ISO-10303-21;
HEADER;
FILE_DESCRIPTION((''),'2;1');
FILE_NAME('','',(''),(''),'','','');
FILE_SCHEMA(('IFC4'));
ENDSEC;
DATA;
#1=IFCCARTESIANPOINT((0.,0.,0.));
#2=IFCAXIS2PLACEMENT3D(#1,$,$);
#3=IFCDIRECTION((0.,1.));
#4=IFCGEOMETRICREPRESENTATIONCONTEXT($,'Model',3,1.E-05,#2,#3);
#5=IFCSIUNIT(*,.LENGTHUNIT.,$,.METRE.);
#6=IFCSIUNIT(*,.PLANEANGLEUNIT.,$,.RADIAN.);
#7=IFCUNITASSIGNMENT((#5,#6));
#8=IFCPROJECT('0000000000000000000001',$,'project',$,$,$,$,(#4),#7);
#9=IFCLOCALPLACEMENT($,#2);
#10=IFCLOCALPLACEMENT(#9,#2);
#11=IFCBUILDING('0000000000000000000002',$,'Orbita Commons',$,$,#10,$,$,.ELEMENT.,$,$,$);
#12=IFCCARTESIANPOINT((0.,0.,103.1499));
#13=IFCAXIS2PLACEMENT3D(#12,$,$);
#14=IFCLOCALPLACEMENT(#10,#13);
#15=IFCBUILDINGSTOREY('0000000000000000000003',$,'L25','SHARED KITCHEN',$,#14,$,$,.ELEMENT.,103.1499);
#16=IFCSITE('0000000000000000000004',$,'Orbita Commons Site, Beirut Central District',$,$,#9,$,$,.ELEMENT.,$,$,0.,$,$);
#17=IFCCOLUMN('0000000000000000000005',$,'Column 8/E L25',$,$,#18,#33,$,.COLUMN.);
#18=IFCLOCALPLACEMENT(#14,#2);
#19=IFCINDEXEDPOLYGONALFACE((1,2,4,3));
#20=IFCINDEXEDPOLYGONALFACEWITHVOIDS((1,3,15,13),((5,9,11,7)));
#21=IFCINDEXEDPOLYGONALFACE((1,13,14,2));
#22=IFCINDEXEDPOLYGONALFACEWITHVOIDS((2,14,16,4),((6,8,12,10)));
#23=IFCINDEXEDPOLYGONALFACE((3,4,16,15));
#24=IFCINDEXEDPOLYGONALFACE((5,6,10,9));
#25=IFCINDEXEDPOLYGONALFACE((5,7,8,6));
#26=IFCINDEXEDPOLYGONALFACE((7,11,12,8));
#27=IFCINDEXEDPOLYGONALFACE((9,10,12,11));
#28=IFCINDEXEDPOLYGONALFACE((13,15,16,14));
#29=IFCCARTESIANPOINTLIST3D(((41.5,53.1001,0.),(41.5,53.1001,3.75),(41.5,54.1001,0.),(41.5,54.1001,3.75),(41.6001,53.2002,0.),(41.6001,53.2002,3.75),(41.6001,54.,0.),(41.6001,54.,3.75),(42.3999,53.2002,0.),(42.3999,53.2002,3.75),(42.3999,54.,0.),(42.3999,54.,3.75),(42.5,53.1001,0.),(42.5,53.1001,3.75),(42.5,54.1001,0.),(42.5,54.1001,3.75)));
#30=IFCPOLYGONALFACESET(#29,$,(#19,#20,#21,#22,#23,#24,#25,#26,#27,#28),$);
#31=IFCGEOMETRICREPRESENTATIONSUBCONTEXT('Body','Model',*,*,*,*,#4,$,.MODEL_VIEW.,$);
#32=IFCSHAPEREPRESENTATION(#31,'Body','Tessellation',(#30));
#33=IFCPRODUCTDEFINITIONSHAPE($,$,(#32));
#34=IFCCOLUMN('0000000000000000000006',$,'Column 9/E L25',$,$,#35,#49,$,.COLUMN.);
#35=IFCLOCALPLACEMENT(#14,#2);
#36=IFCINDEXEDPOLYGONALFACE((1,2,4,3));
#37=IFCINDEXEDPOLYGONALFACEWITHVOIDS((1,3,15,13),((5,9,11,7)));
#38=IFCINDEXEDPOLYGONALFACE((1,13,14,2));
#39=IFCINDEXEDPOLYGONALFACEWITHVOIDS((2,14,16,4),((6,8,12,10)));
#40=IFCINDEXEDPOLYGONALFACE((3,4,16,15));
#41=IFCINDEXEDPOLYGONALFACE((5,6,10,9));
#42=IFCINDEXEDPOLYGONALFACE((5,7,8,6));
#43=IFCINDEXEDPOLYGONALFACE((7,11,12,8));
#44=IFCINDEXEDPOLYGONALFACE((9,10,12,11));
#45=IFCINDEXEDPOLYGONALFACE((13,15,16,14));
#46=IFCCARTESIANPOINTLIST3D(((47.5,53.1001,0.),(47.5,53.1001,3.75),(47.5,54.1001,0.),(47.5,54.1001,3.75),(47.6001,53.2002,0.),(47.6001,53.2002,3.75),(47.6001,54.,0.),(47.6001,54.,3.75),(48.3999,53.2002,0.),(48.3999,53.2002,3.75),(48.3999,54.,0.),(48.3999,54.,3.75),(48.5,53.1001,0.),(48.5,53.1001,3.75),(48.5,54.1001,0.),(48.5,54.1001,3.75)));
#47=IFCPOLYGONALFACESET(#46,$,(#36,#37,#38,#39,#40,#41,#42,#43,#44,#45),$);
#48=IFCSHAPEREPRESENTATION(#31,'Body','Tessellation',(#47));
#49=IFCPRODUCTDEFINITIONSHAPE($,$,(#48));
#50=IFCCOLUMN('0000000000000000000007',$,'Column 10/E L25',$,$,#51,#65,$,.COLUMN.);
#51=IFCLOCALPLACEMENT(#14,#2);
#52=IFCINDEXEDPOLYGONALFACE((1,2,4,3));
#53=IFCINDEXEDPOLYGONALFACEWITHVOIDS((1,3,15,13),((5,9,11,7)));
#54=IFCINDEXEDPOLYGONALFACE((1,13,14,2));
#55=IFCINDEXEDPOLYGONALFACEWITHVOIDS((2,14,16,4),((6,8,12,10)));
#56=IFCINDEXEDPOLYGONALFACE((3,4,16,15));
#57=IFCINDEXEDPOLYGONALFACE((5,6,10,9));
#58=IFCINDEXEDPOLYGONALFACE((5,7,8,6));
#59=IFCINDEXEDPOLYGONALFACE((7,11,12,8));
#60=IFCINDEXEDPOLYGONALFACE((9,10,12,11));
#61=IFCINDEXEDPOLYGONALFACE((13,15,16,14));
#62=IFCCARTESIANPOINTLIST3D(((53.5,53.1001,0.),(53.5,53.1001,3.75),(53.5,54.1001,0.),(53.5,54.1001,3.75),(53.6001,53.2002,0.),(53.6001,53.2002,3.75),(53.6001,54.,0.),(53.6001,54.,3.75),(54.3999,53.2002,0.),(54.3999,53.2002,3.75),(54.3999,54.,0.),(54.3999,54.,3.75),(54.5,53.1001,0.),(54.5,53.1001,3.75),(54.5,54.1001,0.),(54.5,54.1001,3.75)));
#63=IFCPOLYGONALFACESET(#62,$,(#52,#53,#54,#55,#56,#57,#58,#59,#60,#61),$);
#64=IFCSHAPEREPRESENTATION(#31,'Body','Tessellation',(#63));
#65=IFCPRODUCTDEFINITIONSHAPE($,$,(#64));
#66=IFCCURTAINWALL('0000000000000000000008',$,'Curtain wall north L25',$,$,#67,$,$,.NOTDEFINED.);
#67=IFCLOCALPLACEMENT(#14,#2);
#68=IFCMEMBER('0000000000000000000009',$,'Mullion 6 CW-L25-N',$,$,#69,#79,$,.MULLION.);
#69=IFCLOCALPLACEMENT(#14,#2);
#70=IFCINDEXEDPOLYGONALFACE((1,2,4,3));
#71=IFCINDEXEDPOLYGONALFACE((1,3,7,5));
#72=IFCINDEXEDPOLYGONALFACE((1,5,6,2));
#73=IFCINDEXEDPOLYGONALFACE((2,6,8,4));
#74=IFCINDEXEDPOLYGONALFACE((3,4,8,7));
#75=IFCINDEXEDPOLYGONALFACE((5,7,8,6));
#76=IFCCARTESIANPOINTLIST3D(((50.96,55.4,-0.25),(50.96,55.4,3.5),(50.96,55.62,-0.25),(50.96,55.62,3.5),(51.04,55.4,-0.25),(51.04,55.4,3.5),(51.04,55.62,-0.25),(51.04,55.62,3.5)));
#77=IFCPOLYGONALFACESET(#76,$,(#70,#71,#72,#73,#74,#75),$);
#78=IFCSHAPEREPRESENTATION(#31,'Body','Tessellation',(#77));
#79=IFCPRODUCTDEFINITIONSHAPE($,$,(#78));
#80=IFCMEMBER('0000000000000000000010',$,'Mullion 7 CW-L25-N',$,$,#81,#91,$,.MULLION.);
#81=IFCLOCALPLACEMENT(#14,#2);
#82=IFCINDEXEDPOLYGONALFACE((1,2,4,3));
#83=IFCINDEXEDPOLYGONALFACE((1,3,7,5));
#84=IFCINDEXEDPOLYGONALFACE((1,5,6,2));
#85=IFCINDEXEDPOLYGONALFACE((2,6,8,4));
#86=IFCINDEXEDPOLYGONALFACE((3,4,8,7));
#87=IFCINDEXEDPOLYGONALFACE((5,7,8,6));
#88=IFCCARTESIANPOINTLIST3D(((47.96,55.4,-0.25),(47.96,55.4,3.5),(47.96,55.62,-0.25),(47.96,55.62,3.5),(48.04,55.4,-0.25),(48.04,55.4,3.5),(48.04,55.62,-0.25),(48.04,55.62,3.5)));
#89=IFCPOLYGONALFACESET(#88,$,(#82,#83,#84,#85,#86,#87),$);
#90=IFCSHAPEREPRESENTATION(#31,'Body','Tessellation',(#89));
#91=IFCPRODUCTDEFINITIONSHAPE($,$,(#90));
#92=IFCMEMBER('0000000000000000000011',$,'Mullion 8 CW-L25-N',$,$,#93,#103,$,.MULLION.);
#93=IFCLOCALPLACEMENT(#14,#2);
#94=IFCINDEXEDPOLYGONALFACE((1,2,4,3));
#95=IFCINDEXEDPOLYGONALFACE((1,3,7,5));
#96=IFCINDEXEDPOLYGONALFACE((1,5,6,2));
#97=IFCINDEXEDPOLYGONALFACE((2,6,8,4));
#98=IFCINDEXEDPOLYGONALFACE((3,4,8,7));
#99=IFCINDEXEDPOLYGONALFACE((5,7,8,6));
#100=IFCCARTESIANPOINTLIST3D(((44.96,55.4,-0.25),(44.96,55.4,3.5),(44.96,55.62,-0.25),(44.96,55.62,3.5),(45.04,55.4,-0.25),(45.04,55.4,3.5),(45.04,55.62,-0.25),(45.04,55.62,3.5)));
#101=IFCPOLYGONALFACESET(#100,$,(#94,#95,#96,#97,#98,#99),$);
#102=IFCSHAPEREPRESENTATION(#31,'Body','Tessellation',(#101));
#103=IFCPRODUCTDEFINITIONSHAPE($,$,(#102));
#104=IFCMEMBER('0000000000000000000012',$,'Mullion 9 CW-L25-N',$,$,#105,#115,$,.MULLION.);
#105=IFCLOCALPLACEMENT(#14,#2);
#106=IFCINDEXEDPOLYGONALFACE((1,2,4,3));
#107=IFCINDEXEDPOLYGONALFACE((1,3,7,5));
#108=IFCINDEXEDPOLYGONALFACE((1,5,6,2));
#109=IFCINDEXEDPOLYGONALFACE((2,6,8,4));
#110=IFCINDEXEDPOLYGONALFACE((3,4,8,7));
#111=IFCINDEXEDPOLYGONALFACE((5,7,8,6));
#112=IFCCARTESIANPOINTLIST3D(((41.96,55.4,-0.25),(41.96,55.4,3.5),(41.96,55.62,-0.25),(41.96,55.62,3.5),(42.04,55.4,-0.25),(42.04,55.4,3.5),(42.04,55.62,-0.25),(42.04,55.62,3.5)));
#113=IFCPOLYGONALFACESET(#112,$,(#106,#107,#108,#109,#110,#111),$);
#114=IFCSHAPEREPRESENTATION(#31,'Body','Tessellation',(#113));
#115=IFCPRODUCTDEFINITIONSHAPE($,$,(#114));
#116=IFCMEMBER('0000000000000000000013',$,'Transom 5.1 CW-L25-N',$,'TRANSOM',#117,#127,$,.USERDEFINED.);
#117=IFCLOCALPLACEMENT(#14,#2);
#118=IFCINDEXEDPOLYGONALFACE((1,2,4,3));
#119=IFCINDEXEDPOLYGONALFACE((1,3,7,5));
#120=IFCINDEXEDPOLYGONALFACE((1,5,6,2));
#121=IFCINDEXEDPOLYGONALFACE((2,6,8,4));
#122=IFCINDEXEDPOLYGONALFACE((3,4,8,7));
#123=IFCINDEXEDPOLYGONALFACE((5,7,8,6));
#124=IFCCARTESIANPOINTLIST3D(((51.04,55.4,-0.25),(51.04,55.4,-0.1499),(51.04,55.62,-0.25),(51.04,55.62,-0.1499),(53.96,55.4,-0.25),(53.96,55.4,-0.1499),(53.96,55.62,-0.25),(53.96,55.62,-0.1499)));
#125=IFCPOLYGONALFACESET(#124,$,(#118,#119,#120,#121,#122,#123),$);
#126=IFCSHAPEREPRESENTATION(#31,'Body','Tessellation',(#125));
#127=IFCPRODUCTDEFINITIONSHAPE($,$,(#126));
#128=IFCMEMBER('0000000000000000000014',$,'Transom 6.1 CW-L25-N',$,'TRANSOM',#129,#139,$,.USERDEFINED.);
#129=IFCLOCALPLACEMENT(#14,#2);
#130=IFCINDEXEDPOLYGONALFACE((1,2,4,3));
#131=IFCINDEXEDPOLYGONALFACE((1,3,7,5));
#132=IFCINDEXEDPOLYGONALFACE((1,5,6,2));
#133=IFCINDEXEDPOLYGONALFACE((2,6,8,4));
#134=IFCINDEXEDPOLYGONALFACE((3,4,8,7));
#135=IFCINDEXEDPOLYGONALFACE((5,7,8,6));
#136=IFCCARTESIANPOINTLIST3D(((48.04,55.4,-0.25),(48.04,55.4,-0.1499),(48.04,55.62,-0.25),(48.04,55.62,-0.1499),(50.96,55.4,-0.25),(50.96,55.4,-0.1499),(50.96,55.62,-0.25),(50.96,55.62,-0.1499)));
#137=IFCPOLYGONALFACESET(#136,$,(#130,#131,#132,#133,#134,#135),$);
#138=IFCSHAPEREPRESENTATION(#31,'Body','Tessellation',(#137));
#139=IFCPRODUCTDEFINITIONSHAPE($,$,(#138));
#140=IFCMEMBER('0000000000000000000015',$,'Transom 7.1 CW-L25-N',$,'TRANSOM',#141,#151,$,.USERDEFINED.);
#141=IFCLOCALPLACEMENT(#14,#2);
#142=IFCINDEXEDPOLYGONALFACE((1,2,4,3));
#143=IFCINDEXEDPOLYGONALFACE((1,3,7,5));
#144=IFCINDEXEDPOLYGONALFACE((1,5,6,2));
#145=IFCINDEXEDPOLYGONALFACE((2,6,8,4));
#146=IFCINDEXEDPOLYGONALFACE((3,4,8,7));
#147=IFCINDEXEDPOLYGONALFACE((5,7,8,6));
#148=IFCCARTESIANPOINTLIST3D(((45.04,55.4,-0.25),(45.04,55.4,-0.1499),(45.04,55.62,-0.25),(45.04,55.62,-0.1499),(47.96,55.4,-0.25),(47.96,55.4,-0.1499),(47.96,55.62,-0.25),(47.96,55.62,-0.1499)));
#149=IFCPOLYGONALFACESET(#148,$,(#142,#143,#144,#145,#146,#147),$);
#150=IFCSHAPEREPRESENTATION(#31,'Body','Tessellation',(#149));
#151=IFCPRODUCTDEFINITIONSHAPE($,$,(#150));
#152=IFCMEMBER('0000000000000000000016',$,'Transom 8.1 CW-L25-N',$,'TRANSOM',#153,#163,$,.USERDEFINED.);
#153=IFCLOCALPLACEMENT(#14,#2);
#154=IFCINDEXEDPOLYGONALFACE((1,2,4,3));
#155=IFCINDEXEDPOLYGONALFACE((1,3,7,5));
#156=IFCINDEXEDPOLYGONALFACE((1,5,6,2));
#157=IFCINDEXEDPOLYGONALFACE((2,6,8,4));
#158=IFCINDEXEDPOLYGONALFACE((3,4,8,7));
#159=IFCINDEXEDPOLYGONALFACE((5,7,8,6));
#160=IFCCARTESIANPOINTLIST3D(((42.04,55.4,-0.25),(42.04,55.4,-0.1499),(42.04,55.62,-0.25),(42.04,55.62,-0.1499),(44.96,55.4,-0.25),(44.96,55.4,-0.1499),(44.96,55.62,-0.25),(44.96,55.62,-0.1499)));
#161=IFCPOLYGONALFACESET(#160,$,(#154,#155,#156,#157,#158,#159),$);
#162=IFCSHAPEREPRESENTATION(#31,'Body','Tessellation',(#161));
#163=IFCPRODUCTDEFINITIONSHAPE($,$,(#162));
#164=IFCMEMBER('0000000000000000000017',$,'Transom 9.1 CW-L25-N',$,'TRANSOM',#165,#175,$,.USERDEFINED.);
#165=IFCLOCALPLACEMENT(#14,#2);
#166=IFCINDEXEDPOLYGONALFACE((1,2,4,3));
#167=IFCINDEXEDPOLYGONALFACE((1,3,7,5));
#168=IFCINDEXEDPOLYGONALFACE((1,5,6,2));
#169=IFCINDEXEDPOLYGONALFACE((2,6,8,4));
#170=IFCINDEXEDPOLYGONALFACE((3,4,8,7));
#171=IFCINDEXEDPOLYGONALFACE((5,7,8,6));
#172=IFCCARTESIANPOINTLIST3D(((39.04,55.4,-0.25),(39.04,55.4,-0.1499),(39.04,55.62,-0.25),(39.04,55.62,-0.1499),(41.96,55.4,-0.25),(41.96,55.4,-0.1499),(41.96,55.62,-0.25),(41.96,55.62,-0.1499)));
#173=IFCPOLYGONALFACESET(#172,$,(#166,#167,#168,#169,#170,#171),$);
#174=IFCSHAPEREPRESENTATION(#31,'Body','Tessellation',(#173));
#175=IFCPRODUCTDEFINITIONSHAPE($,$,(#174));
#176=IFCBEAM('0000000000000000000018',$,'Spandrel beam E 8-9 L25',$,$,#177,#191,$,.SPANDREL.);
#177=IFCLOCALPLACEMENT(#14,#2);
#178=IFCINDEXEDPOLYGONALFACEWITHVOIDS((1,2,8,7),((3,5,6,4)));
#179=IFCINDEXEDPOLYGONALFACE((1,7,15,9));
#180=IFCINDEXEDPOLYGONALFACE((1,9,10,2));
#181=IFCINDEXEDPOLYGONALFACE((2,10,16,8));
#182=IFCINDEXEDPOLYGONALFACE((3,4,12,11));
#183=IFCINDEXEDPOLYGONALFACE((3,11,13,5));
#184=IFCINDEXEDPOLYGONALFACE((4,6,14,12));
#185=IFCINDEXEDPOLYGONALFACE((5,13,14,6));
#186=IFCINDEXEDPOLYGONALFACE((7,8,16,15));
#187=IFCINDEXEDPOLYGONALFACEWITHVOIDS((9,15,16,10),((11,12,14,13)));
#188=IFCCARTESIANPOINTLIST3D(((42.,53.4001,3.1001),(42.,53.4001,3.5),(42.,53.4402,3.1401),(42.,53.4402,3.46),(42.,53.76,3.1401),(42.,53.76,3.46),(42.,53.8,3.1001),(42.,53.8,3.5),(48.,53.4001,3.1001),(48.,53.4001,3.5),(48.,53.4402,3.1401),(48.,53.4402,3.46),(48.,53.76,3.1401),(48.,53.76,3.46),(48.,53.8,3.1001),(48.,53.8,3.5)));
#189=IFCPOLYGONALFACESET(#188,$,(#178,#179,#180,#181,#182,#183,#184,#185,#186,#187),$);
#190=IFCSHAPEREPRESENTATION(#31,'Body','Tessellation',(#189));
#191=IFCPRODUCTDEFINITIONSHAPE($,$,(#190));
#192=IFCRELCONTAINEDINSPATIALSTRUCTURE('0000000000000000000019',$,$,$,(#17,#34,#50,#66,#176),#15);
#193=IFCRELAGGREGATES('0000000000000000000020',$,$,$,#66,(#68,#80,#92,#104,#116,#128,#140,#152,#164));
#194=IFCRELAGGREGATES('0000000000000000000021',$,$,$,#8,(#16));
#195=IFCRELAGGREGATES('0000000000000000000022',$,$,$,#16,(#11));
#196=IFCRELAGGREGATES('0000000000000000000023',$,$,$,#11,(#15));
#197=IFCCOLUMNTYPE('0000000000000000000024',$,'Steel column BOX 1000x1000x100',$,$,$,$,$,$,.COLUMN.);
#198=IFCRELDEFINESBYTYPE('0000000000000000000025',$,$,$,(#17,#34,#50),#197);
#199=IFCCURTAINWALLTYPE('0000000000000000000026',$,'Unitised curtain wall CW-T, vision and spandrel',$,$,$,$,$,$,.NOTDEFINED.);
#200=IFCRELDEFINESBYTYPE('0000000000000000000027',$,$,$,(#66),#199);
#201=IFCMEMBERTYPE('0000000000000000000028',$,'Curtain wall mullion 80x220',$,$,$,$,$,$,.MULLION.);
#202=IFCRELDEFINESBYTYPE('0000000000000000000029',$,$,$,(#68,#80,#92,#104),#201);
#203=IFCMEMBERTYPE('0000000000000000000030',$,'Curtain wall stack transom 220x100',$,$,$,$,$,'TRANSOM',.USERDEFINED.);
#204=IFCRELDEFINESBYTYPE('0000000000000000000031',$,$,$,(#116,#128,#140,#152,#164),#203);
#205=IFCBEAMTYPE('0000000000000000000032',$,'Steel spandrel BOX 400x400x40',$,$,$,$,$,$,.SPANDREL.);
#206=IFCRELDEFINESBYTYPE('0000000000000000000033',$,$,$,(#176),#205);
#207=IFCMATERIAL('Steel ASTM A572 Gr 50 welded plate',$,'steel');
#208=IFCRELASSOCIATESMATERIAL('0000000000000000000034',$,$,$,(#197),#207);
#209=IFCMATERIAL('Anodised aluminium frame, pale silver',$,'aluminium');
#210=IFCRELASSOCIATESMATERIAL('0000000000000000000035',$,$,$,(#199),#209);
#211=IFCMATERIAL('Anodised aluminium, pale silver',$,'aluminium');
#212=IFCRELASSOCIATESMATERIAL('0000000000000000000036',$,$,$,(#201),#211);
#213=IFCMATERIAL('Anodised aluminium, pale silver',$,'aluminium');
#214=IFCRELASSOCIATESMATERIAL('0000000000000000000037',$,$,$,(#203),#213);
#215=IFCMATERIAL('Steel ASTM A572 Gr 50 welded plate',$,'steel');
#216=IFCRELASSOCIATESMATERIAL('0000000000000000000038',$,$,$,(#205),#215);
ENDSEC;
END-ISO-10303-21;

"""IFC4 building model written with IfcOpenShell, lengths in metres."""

from ifc_helpers import new_model, si_unit, direction, frame, origin, origin_2d, place, context, subcontext, project, spatial, rectangle, hollow_rectangle, extrude, material, material_profile, profile_set, type_object, element, aggregate, save


model = new_model("IFC4")

# Units and contexts
model_context = context("Model", 3, precision=1e-05, world=origin(), true_north=direction((0.0, 1.0)))
body_context = subcontext(model_context, "Body", "Model", "MODEL_VIEW")
ifc_project = project(units=[si_unit("LENGTHUNIT", "METRE"), si_unit("PLANEANGLEUNIT", "RADIAN")], contexts=[model_context])

# Site, building, storey
site_placement = place(None, origin())
site = spatial("IfcSite", under=ifc_project, at=site_placement, Name="Orbita Commons Site, Beirut Central District", CompositionType="ELEMENT", RefElevation=0.0)
building_placement = place(site_placement, origin())
building = spatial("IfcBuilding", under=site, at=building_placement, Name="Orbita Commons", CompositionType="ELEMENT")
storey_placement = place(building_placement, frame((0.0, 0.0, 103.1499)))
storey = spatial("IfcBuildingStorey", under=building, at=storey_placement, Name="L25", Description="SHARED KITCHEN", CompositionType="ELEMENT", Elevation=103.1499)

# Columns
ifc_material_1 = material(Name="Steel ASTM A572 Gr 50 welded plate", Category="steel")
ifc_material_profile_1 = material_profile(ifc_material_1, hollow_rectangle(XDim=1.0, YDim=1.0, WallThickness=0.1001, at=origin_2d()), Name="BOX 1000x1000x100")
ifc_profile_set_1 = profile_set([ifc_material_profile_1], Name="Steel ASTM A572 Gr 50 welded plate")
column_type = type_object("IfcColumnType", Name="Steel column BOX 1000x1000x100", PredefinedType="COLUMN", material=ifc_profile_set_1)
for number, where, z_axis, x_axis, name in (
    (1, (42.0, 53.6001, 0.0), (0.0, 0.0, 1.0), (1.0, 0.0, 0.0), "Column 8/E L25"),
    (2, (48.0, 53.6001, 0.0), (0.0, 0.0, 1.0), (1.0, 0.0, 0.0), "Column 9/E L25"),
    (3, (54.0, 53.6001, 0.0), (0.0, 0.0, 1.0), (1.0, 0.0, 0.0), "Column 10/E L25"),
):
    element("IfcColumn", number, at=place(storey_placement, frame(where, z_axis=z_axis, x_axis=x_axis)), inside=storey, type_object=column_type, Name=name, PredefinedType="COLUMN", context=body_context, shape_type="SweptSolid", body=[
        extrude(hollow_rectangle(XDim=1.0, YDim=1.0, WallThickness=0.1001, at=origin_2d()), origin(), (0.0, 0.0, 1.0), 3.75),
    ])

# Curtain wall, members
ifc_material_2 = material(Name="Anodised aluminium frame, pale silver", Category="aluminium")
curtain_wall_type = type_object("IfcCurtainWallType", Name="Unitised curtain wall CW-T, vision and spandrel", PredefinedType="NOTDEFINED", material=ifc_material_2)
curtain_wall_placement = place(storey_placement, origin())
curtain_wall = element("IfcCurtainWall", 4, at=curtain_wall_placement, inside=storey, type_object=curtain_wall_type, Name="Curtain wall north L25", PredefinedType="NOTDEFINED")
ifc_material_3 = material(Name="Anodised aluminium, pale silver", Category="aluminium")
ifc_material_profile_2 = material_profile(ifc_material_3, rectangle(XDim=0.0801, YDim=0.22, at=origin_2d()), Name="AL 80x220")
ifc_profile_set_2 = profile_set([ifc_material_profile_2], Name="Anodised aluminium, pale silver")
member_type_1 = type_object("IfcMemberType", Name="Curtain wall mullion 80x220", PredefinedType="MULLION", material=ifc_profile_set_2)
member_1_placement = place(storey_placement, frame((51.0, 55.51, -0.25), z_axis=(0.0, 0.0, 1.0), x_axis=(-1.0, 0.0, 0.0)))
member_1 = element("IfcMember", 5, at=member_1_placement, type_object=member_type_1, Name="Mullion 6 CW-L25-N", PredefinedType="MULLION", context=body_context, shape_type="SweptSolid", body=[
    extrude(rectangle(XDim=0.0801, YDim=0.22, at=origin_2d()), origin(), (0.0, 0.0, 1.0), 3.75),
])
member_2_placement = place(storey_placement, frame((48.0, 55.51, -0.25), z_axis=(0.0, 0.0, 1.0), x_axis=(-1.0, 0.0, 0.0)))
member_2 = element("IfcMember", 6, at=member_2_placement, type_object=member_type_1, Name="Mullion 7 CW-L25-N", PredefinedType="MULLION", context=body_context, shape_type="SweptSolid", body=[
    extrude(rectangle(XDim=0.0801, YDim=0.22, at=origin_2d()), origin(), (0.0, 0.0, 1.0), 3.75),
])
member_3_placement = place(storey_placement, frame((45.0, 55.51, -0.25), z_axis=(0.0, 0.0, 1.0), x_axis=(-1.0, 0.0, 0.0)))
member_3 = element("IfcMember", 7, at=member_3_placement, type_object=member_type_1, Name="Mullion 8 CW-L25-N", PredefinedType="MULLION", context=body_context, shape_type="SweptSolid", body=[
    extrude(rectangle(XDim=0.0801, YDim=0.22, at=origin_2d()), origin(), (0.0, 0.0, 1.0), 3.75),
])
member_4_placement = place(storey_placement, frame((42.0, 55.51, -0.25), z_axis=(0.0, 0.0, 1.0), x_axis=(-1.0, 0.0, 0.0)))
member_4 = element("IfcMember", 8, at=member_4_placement, type_object=member_type_1, Name="Mullion 9 CW-L25-N", PredefinedType="MULLION", context=body_context, shape_type="SweptSolid", body=[
    extrude(rectangle(XDim=0.0801, YDim=0.22, at=origin_2d()), origin(), (0.0, 0.0, 1.0), 3.75),
])
ifc_material_4 = material(Name="Anodised aluminium, pale silver", Category="aluminium")
ifc_material_profile_3 = material_profile(ifc_material_4, rectangle(XDim=0.22, YDim=0.1001, at=origin_2d()), Name="AL 220x100")
ifc_profile_set_3 = profile_set([ifc_material_profile_3], Name="Anodised aluminium, pale silver")
member_type_2 = type_object("IfcMemberType", Name="Curtain wall stack transom 220x100", ElementType="TRANSOM", PredefinedType="USERDEFINED", material=ifc_profile_set_3)
member_5_placement = place(storey_placement, frame((53.96, 55.51, -0.2), z_axis=(-1.0, 0.0, 0.0), x_axis=(0.0, -1.0, 0.0)))
member_5 = element("IfcMember", 9, at=member_5_placement, type_object=member_type_2, Name="Transom 5.1 CW-L25-N", ObjectType="TRANSOM", PredefinedType="USERDEFINED", context=body_context, shape_type="SweptSolid", body=[
    extrude(rectangle(XDim=0.22, YDim=0.1001, at=origin_2d()), origin(), (0.0, 0.0, 1.0), 2.9199),
])
member_6_placement = place(storey_placement, frame((50.96, 55.51, -0.2), z_axis=(-1.0, 0.0, 0.0), x_axis=(0.0, -1.0, 0.0)))
member_6 = element("IfcMember", 10, at=member_6_placement, type_object=member_type_2, Name="Transom 6.1 CW-L25-N", ObjectType="TRANSOM", PredefinedType="USERDEFINED", context=body_context, shape_type="SweptSolid", body=[
    extrude(rectangle(XDim=0.22, YDim=0.1001, at=origin_2d()), origin(), (0.0, 0.0, 1.0), 2.9199),
])
member_7_placement = place(storey_placement, frame((47.96, 55.51, -0.2), z_axis=(-1.0, 0.0, 0.0), x_axis=(0.0, -1.0, 0.0)))
member_7 = element("IfcMember", 11, at=member_7_placement, type_object=member_type_2, Name="Transom 7.1 CW-L25-N", ObjectType="TRANSOM", PredefinedType="USERDEFINED", context=body_context, shape_type="SweptSolid", body=[
    extrude(rectangle(XDim=0.22, YDim=0.1001, at=origin_2d()), origin(), (0.0, 0.0, 1.0), 2.9199),
])
member_8_placement = place(storey_placement, frame((44.96, 55.51, -0.2), z_axis=(-1.0, 0.0, 0.0), x_axis=(0.0, -1.0, 0.0)))
member_8 = element("IfcMember", 12, at=member_8_placement, type_object=member_type_2, Name="Transom 8.1 CW-L25-N", ObjectType="TRANSOM", PredefinedType="USERDEFINED", context=body_context, shape_type="SweptSolid", body=[
    extrude(rectangle(XDim=0.22, YDim=0.1001, at=origin_2d()), origin(), (0.0, 0.0, 1.0), 2.9199),
])
member_9_placement = place(storey_placement, frame((41.96, 55.51, -0.2), z_axis=(-1.0, 0.0, 0.0), x_axis=(0.0, -1.0, 0.0)))
member_9 = element("IfcMember", 13, at=member_9_placement, type_object=member_type_2, Name="Transom 9.1 CW-L25-N", ObjectType="TRANSOM", PredefinedType="USERDEFINED", context=body_context, shape_type="SweptSolid", body=[
    extrude(rectangle(XDim=0.22, YDim=0.1001, at=origin_2d()), origin(), (0.0, 0.0, 1.0), 2.9199),
])

# Beam
ifc_material_5 = material(Name="Steel ASTM A572 Gr 50 welded plate", Category="steel")
ifc_material_profile_4 = material_profile(ifc_material_5, hollow_rectangle(XDim=0.3999, YDim=0.3999, WallThickness=0.04, at=origin_2d()), Name="BOX 400x400x40")
ifc_profile_set_4 = profile_set([ifc_material_profile_4], Name="Steel ASTM A572 Gr 50 welded plate")
beam_type = type_object("IfcBeamType", Name="Steel spandrel BOX 400x400x40", PredefinedType="SPANDREL", material=ifc_profile_set_4)
for number, where, z_axis, x_axis, name in (
    (14, (42.0, 53.6001, 3.3), (1.0, 0.0, 0.0), (0.0, 1.0, 0.0), "Spandrel beam E 8-9 L25"),
):
    element("IfcBeam", number, at=place(storey_placement, frame(where, z_axis=z_axis, x_axis=x_axis)), inside=storey, type_object=beam_type, Name=name, PredefinedType="SPANDREL", context=body_context, shape_type="SweptSolid", body=[
        extrude(hollow_rectangle(XDim=0.3999, YDim=0.3999, WallThickness=0.04, at=origin_2d()), origin(), (0.0, 0.0, 1.0), 6.0),
    ])

aggregate(curtain_wall, [member_1, member_2, member_3, member_4, member_5, member_6, member_7, member_8, member_9])

save(model, "model.ifc")
